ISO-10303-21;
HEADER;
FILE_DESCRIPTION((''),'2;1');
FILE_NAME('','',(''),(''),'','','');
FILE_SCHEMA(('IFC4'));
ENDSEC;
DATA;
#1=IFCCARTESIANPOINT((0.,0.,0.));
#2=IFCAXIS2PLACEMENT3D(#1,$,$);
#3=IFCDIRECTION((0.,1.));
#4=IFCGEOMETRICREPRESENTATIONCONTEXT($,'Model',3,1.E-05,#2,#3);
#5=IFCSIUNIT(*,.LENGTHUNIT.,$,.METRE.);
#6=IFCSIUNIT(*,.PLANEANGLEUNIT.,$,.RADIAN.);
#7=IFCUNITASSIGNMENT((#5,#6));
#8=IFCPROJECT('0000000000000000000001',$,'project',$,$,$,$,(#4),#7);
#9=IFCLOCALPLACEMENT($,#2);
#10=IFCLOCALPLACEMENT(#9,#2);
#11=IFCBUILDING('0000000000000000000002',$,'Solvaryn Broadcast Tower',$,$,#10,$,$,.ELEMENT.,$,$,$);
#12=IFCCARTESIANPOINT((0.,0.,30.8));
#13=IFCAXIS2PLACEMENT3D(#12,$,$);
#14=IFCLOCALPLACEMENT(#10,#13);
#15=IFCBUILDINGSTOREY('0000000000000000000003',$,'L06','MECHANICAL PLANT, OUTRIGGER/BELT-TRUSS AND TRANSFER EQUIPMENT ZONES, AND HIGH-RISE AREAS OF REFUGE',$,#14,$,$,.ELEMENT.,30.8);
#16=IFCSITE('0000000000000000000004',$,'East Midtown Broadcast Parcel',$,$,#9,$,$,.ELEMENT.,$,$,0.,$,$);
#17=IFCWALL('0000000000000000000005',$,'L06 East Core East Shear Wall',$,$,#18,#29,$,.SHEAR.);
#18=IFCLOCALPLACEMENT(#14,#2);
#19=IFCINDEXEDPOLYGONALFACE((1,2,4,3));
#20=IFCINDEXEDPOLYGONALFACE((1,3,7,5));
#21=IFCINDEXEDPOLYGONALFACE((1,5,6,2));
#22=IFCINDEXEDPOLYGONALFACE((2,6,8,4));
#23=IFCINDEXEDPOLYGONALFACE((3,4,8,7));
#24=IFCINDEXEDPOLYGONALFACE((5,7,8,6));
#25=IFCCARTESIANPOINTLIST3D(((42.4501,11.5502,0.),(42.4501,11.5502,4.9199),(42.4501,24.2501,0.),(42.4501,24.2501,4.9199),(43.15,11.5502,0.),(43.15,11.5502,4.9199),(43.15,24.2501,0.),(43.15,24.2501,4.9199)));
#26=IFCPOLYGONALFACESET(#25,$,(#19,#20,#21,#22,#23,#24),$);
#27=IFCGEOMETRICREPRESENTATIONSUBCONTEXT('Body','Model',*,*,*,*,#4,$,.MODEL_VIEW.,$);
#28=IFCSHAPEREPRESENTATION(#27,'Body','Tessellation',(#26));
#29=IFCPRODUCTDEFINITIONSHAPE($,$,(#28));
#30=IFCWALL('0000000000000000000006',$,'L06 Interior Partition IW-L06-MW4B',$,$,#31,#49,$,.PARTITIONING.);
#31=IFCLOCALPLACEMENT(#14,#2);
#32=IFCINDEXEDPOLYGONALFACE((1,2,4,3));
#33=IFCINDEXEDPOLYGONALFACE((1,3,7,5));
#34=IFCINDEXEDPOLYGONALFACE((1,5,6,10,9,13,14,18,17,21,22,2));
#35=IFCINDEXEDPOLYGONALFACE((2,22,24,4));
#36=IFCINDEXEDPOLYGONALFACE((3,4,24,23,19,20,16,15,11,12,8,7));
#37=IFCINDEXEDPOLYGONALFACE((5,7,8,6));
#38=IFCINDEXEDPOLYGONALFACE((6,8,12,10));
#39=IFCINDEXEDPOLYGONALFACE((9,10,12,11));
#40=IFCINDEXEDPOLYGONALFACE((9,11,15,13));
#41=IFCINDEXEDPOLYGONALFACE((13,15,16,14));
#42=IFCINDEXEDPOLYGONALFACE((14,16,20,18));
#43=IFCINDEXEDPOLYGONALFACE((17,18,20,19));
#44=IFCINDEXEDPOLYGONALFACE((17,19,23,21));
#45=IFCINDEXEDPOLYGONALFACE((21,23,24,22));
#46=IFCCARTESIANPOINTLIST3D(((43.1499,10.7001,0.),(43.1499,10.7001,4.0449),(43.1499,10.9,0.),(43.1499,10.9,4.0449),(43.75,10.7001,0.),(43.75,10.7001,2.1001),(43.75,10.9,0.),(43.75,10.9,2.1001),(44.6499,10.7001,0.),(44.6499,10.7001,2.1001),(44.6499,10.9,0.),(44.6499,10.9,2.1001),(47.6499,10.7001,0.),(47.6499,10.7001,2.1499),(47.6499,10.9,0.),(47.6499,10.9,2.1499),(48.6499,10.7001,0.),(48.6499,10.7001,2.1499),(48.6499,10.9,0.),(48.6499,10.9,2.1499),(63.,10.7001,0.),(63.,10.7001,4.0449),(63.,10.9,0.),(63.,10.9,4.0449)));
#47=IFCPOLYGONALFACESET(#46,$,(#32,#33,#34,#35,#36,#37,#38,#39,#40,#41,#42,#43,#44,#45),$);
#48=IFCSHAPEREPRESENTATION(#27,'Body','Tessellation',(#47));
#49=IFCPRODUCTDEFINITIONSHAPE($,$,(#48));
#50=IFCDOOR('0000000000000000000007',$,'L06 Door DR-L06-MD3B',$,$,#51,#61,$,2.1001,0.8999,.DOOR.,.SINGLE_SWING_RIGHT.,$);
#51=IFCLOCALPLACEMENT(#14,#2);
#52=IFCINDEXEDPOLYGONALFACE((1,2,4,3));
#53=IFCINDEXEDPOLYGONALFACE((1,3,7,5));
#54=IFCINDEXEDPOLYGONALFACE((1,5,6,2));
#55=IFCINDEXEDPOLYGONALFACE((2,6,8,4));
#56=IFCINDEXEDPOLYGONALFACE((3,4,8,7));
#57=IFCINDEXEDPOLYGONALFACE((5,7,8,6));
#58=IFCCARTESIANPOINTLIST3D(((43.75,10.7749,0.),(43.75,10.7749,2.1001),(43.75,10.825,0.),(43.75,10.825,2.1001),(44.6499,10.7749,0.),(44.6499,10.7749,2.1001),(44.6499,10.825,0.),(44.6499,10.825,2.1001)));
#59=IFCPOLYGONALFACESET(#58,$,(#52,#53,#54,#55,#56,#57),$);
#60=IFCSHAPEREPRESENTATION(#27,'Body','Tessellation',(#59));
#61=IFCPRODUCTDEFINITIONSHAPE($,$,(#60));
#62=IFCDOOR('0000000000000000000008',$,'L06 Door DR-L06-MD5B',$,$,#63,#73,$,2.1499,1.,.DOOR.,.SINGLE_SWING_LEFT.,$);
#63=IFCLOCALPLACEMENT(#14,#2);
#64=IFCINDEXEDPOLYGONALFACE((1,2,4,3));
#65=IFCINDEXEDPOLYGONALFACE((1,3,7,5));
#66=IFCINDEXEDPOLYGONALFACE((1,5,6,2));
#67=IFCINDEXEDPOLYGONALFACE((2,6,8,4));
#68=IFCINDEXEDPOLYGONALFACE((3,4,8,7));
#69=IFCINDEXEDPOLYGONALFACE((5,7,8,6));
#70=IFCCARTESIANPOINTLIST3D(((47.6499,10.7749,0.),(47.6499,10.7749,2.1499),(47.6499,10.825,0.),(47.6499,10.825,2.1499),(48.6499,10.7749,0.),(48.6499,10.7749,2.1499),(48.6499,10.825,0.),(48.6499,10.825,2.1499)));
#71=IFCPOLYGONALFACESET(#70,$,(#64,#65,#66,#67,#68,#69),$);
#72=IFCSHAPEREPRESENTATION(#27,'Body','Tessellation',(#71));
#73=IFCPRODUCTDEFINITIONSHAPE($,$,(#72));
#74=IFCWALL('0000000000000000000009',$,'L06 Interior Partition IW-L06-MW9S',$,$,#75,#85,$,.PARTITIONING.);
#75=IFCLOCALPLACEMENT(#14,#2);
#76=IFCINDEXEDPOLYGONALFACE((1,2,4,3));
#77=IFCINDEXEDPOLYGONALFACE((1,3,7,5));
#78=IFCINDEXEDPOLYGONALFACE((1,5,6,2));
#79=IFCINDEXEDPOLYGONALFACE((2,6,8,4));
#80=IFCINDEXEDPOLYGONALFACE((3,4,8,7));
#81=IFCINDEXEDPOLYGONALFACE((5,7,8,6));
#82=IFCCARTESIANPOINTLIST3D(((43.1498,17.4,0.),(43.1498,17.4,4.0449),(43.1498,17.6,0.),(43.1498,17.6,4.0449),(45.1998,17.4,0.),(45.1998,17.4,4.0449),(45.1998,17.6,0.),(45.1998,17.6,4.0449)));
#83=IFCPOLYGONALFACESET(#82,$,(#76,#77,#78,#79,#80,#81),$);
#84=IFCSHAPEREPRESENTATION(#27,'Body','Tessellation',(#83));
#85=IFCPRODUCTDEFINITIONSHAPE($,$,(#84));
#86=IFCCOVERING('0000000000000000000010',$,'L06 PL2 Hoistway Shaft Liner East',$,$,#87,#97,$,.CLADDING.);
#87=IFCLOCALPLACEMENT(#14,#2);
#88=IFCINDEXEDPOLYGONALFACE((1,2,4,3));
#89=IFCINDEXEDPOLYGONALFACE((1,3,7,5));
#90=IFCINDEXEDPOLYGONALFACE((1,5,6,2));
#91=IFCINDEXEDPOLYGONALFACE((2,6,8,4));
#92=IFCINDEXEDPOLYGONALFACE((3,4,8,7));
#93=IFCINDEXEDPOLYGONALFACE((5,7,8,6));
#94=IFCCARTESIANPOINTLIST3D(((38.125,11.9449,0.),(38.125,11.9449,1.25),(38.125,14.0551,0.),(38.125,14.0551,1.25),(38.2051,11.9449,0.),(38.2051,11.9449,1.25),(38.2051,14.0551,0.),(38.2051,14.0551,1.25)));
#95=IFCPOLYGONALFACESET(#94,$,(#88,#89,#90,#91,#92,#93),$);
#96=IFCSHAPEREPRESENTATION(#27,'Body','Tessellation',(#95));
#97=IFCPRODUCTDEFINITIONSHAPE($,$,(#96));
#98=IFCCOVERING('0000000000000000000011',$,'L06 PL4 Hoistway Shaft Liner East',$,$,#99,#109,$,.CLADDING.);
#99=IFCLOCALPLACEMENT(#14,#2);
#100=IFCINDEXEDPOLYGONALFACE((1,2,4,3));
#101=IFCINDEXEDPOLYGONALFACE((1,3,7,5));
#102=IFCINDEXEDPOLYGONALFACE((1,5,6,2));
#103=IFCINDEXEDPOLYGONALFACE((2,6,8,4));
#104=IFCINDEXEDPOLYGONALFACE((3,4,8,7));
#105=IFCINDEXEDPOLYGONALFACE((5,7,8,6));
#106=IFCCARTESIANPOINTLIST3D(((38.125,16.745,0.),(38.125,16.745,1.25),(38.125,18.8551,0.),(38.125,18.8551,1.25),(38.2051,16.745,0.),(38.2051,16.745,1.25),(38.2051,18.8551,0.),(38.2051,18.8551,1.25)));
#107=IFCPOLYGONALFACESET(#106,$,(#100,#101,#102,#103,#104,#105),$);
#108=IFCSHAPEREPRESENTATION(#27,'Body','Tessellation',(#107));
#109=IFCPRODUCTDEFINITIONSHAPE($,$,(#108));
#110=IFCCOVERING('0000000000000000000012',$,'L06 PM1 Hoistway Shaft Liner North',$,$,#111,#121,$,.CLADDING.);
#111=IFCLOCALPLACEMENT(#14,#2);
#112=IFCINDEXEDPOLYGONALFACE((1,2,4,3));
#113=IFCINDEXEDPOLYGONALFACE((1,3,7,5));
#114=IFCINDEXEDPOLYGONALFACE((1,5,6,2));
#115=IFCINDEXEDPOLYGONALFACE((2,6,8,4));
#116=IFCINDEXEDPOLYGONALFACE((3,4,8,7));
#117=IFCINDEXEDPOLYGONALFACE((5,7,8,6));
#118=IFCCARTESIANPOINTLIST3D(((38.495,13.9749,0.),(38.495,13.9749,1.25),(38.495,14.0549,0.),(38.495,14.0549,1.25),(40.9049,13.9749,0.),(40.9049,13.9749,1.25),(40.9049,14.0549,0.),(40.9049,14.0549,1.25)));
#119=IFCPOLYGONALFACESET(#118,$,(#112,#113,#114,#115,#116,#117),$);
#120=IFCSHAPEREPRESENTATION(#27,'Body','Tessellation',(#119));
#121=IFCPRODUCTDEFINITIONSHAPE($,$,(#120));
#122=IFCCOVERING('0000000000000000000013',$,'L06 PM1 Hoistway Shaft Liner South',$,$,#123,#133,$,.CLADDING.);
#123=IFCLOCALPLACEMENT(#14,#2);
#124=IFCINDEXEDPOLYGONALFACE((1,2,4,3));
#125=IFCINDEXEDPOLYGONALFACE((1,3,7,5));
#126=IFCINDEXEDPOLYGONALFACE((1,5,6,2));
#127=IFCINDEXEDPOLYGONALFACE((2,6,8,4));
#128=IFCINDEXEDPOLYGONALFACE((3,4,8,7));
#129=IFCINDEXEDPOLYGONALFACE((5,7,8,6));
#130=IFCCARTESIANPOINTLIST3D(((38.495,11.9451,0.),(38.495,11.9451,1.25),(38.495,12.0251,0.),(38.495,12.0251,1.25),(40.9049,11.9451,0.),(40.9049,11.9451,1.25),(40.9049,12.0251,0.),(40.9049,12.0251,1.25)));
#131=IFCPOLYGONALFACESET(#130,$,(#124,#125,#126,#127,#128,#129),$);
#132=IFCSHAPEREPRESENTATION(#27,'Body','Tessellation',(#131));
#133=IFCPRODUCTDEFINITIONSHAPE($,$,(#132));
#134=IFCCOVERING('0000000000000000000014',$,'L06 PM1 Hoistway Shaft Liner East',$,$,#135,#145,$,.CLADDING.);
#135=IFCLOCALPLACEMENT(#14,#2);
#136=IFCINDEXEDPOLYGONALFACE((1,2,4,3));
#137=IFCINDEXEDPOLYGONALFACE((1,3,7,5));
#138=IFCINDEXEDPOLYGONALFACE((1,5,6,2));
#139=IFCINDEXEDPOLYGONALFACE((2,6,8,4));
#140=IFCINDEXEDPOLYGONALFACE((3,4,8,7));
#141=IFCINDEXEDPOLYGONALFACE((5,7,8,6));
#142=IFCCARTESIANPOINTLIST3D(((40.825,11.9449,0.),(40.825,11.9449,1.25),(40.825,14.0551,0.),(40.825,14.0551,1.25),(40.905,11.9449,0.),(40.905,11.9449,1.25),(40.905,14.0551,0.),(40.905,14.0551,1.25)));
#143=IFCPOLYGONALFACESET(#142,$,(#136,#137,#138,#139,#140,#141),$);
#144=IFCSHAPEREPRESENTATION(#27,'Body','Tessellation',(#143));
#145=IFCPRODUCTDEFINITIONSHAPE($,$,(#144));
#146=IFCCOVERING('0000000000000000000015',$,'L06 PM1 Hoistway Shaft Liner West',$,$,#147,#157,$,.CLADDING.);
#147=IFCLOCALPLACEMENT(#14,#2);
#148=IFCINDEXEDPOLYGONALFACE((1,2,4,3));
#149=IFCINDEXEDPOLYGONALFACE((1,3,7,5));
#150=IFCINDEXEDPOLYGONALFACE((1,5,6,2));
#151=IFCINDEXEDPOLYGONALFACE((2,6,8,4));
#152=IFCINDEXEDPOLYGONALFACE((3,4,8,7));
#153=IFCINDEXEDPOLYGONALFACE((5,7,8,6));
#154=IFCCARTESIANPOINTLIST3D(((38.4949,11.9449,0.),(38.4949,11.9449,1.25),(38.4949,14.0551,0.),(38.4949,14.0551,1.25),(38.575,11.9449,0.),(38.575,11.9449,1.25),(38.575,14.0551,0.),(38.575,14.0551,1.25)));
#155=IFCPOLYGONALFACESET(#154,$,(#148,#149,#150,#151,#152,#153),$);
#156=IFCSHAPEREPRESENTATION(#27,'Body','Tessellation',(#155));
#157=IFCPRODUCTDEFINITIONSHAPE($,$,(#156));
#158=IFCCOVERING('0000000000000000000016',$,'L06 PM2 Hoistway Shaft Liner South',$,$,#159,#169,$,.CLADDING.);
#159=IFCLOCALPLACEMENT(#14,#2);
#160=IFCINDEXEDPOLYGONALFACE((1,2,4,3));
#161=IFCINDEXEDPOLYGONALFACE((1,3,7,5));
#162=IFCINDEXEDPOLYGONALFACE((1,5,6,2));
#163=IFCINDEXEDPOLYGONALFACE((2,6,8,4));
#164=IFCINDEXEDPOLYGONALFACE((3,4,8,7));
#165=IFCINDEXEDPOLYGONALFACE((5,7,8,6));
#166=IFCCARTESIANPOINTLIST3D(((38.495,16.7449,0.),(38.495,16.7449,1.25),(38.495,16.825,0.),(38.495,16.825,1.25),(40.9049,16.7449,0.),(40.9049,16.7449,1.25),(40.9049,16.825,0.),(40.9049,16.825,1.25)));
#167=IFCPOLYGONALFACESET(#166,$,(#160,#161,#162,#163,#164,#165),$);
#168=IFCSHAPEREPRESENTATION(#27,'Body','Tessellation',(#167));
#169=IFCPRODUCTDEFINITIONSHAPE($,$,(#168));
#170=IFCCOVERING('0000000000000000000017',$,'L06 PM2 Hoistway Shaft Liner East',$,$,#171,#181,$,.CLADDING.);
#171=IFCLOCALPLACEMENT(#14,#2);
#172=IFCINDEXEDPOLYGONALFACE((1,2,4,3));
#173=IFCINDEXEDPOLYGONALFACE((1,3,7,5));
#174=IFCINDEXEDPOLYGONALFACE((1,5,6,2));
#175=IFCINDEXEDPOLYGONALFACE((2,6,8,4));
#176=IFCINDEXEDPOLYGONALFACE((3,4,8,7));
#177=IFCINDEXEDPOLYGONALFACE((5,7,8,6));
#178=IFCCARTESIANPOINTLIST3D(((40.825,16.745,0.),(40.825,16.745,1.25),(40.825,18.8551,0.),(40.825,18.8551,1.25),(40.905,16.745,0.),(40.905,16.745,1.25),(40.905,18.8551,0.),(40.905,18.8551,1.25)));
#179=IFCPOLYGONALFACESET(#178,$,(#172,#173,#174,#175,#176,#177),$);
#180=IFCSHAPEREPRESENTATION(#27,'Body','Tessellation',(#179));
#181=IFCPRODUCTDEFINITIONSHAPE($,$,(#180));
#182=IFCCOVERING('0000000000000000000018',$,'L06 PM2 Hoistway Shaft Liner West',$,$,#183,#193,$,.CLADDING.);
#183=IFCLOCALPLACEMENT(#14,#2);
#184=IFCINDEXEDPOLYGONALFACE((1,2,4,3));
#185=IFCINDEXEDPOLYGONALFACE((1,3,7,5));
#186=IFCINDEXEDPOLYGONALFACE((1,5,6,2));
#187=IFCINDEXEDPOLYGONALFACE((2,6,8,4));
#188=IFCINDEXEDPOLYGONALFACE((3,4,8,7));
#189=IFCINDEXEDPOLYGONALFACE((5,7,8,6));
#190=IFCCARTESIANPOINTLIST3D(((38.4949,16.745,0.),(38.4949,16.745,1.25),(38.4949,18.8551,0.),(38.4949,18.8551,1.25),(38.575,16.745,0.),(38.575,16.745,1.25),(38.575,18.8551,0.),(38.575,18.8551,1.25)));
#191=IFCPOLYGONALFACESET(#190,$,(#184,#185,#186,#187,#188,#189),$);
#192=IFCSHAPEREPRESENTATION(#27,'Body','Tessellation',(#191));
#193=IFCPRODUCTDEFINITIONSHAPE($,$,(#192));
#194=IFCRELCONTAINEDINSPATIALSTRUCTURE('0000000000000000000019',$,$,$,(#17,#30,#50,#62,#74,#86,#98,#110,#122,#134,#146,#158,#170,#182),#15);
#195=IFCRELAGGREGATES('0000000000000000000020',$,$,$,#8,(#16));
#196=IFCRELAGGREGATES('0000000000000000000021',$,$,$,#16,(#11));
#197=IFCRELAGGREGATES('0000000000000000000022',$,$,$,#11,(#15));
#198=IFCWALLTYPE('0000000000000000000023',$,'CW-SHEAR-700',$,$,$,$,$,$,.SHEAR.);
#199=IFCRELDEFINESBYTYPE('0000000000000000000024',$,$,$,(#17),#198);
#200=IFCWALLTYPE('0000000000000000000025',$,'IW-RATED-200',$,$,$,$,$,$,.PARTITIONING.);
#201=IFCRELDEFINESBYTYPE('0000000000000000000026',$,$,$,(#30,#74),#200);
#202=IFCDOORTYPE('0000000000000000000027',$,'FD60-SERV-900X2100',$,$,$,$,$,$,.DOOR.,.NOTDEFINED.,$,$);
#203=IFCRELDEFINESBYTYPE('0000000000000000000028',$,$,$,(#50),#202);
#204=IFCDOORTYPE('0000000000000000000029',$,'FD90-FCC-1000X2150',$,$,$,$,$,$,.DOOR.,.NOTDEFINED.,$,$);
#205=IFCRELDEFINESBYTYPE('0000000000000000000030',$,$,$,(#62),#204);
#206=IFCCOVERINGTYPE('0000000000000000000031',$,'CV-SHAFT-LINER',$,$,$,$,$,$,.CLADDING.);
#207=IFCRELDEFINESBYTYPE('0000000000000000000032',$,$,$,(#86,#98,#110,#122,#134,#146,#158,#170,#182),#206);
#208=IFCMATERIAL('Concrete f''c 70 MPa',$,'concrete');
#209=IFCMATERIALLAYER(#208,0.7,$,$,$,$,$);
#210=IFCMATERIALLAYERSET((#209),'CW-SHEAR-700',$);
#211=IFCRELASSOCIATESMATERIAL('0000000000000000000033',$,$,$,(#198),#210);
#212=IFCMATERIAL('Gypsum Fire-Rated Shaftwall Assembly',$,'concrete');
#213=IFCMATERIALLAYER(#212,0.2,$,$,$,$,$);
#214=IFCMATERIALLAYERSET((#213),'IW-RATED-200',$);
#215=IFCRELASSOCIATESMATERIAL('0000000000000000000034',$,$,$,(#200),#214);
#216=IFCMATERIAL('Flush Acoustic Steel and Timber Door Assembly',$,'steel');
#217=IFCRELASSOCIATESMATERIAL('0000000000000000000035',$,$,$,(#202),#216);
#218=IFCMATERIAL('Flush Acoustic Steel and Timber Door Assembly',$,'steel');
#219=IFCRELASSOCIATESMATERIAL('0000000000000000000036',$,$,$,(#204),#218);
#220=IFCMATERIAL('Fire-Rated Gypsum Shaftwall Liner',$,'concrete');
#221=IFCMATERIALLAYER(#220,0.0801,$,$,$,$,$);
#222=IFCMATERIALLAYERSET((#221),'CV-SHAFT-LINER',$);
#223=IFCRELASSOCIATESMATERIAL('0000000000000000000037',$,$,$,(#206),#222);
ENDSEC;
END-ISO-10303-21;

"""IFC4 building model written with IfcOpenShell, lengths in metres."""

from ifc_helpers import new_model, si_unit, direction, frame, frame_2d, origin, origin_2d, place, context, subcontext, project, spatial, rectangle, extrude, material, layer, layer_set, type_object, element, fill, save


model = new_model("IFC4")

# Units and contexts
model_context = context("Model", 3, precision=1e-05, world=origin(), true_north=direction((0.0, 1.0)))
body_context = subcontext(model_context, "Body", "Model", "MODEL_VIEW")
ifc_project = project(units=[si_unit("LENGTHUNIT", "METRE"), si_unit("PLANEANGLEUNIT", "RADIAN")], contexts=[model_context])

# Site, building, storey
site_placement = place(None, origin())
site = spatial("IfcSite", under=ifc_project, at=site_placement, Name="East Midtown Broadcast Parcel", CompositionType="ELEMENT", RefElevation=0.0)
building_placement = place(site_placement, origin())
building = spatial("IfcBuilding", under=site, at=building_placement, Name="Solvaryn Broadcast Tower", CompositionType="ELEMENT")
storey_placement = place(building_placement, frame((0.0, 0.0, 30.8)))
storey = spatial("IfcBuildingStorey", under=building, at=storey_placement, Name="L06", Description="MECHANICAL PLANT, OUTRIGGER/BELT-TRUSS AND TRANSFER EQUIPMENT ZONES, AND HIGH-RISE AREAS OF REFUGE", CompositionType="ELEMENT", Elevation=30.8)

# Wall
ifc_material_1 = material(Name="Concrete f'c 70 MPa", Category="concrete")
ifc_layer_1 = layer(ifc_material_1, 0.7)
ifc_layer_set_1 = layer_set([ifc_layer_1], Name="CW-SHEAR-700")
wall_type_1 = type_object("IfcWallType", Name="CW-SHEAR-700", PredefinedType="SHEAR", material=ifc_layer_set_1)
wall_1_placement = place(storey_placement, frame((42.8, 11.55, 0.0), z_axis=(0.0, 0.0, 1.0), x_axis=(0.0, 1.0, 0.0)))
element("IfcWall", 1, at=wall_1_placement, inside=storey, type_object=wall_type_1, Name="L06 East Core East Shear Wall", PredefinedType="SHEAR", context=body_context, shape_type="SweptSolid", body=[
    extrude(rectangle(XDim=12.7, YDim=0.7, at=frame_2d((6.3501, 0.0))), origin(), (0.0, 0.0, 1.0), 4.9199),
])

# Wall, openings, doors
ifc_material_2 = material(Name="Gypsum Fire-Rated Shaftwall Assembly", Category="concrete")
ifc_layer_2 = layer(ifc_material_2, 0.2)
ifc_layer_set_2 = layer_set([ifc_layer_2], Name="IW-RATED-200")
wall_type_2 = type_object("IfcWallType", Name="IW-RATED-200", PredefinedType="PARTITIONING", material=ifc_layer_set_2)
wall_2_placement = place(storey_placement, frame((43.1499, 10.8, 0.0), z_axis=(0.0, 0.0, 1.0), x_axis=(1.0, 0.0, 0.0)))
wall_2 = element("IfcWall", 2, at=wall_2_placement, inside=storey, type_object=wall_type_2, Name="L06 Interior Partition IW-L06-MW4B", PredefinedType="PARTITIONING", context=body_context, shape_type="SweptSolid", body=[
    extrude(rectangle(XDim=19.8501, YDim=0.2, at=frame_2d((9.925, 0.0))), origin(), (0.0, 0.0, 1.0), 4.0449),
])
opening_1_placement = place(wall_2_placement, frame((0.6001, 0.0, 0.0)))
opening_1 = element("IfcOpeningElement", 3, at=opening_1_placement, cuts=wall_2, PredefinedType="OPENING", context=body_context, shape_type="SweptSolid", body=[
    extrude(rectangle(XDim=0.8999, YDim=2.1001, at=frame_2d((0.45, 1.05))), frame((0.0, 0.1101, 0.0), z_axis=(0.0, -1.0, 0.0), x_axis=(1.0, 0.0, 0.0)), (0.0, 0.0, 1.0), 0.22),
])
opening_2_placement = place(wall_2_placement, frame((4.5, 0.0, 0.0)))
opening_2 = element("IfcOpeningElement", 4, at=opening_2_placement, cuts=wall_2, PredefinedType="OPENING", context=body_context, shape_type="SweptSolid", body=[
    extrude(rectangle(XDim=1.0, YDim=2.1499, at=frame_2d((0.5, 1.075))), frame((0.0, 0.1101, 0.0), z_axis=(0.0, -1.0, 0.0), x_axis=(1.0, 0.0, 0.0)), (0.0, 0.0, 1.0), 0.22),
])
ifc_material_3 = material(Name="Flush Acoustic Steel and Timber Door Assembly", Category="steel")
door_type_1 = type_object("IfcDoorType", Name="FD60-SERV-900X2100", OperationType="NOTDEFINED", PredefinedType="DOOR", material=ifc_material_3)
door_1_placement = place(opening_1_placement, origin())
door_1 = element("IfcDoor", 5, at=door_1_placement, inside=storey, type_object=door_type_1, Name="L06 Door DR-L06-MD3B", OperationType="SINGLE_SWING_RIGHT", OverallHeight=2.1001, OverallWidth=0.8999, PredefinedType="DOOR", context=body_context, shape_type="SweptSolid", body=[
    extrude(rectangle(XDim=0.8999, YDim=2.1001, at=frame_2d((0.45, 1.05))), frame((0.0, 0.0249, 0.0), z_axis=(0.0, -1.0, 0.0), x_axis=(1.0, 0.0, 0.0)), (0.0, 0.0, 1.0), 0.05),
])
fill(opening_1, door_1)
ifc_material_4 = material(Name="Flush Acoustic Steel and Timber Door Assembly", Category="steel")
door_type_2 = type_object("IfcDoorType", Name="FD90-FCC-1000X2150", OperationType="NOTDEFINED", PredefinedType="DOOR", material=ifc_material_4)
door_2_placement = place(opening_2_placement, origin())
door_2 = element("IfcDoor", 6, at=door_2_placement, inside=storey, type_object=door_type_2, Name="L06 Door DR-L06-MD5B", OperationType="SINGLE_SWING_LEFT", OverallHeight=2.1499, OverallWidth=1.0, PredefinedType="DOOR", context=body_context, shape_type="SweptSolid", body=[
    extrude(rectangle(XDim=1.0, YDim=2.1499, at=frame_2d((0.5, 1.075))), frame((0.0, 0.0249, 0.0), z_axis=(0.0, -1.0, 0.0), x_axis=(1.0, 0.0, 0.0)), (0.0, 0.0, 1.0), 0.05),
])
fill(opening_2, door_2)

# Wall
wall_3_placement = place(storey_placement, frame((43.1499, 17.5, 0.0), z_axis=(0.0, 0.0, 1.0), x_axis=(1.0, 0.0, 0.0)))
element("IfcWall", 7, at=wall_3_placement, inside=storey, type_object=wall_type_2, Name="L06 Interior Partition IW-L06-MW9S", PredefinedType="PARTITIONING", context=body_context, shape_type="SweptSolid", body=[
    extrude(rectangle(XDim=2.05, YDim=0.2, at=frame_2d((1.0249, 0.0))), origin(), (0.0, 0.0, 1.0), 4.0449),
])

# Coverings
ifc_material_5 = material(Name="Fire-Rated Gypsum Shaftwall Liner", Category="concrete")
ifc_layer_3 = layer(ifc_material_5, 0.0801)
ifc_layer_set_3 = layer_set([ifc_layer_3], Name="CV-SHAFT-LINER")
covering_type = type_object("IfcCoveringType", Name="CV-SHAFT-LINER", PredefinedType="CLADDING", material=ifc_layer_set_3)
for number, where, z_axis, x_axis, name in (
    (8, (38.165, 13.0, 0.0), (0.0, 0.0, 1.0), (1.0, 0.0, 0.0), "L06 PL2 Hoistway Shaft Liner East"),
    (9, (38.165, 17.8, 0.0), (0.0, 0.0, 1.0), (1.0, 0.0, 0.0), "L06 PL4 Hoistway Shaft Liner East"),
):
    element("IfcCovering", number, at=place(storey_placement, frame(where, z_axis=z_axis, x_axis=x_axis)), inside=storey, type_object=covering_type, Name=name, PredefinedType="CLADDING", context=body_context, shape_type="SweptSolid", body=[
        extrude(rectangle(XDim=0.0801, YDim=2.1101, at=origin_2d()), origin(), (0.0, 0.0, 1.0), 1.25),
    ])
for number, where, z_axis, x_axis, name in (
    (10, (39.7, 14.0149, 0.0), (0.0, 0.0, 1.0), (1.0, 0.0, 0.0), "L06 PM1 Hoistway Shaft Liner North"),
    (11, (39.7, 11.9851, 0.0), (0.0, 0.0, 1.0), (1.0, 0.0, 0.0), "L06 PM1 Hoistway Shaft Liner South"),
):
    element("IfcCovering", number, at=place(storey_placement, frame(where, z_axis=z_axis, x_axis=x_axis)), inside=storey, type_object=covering_type, Name=name, PredefinedType="CLADDING", context=body_context, shape_type="SweptSolid", body=[
        extrude(rectangle(XDim=2.4099, YDim=0.0801, at=origin_2d()), origin(), (0.0, 0.0, 1.0), 1.25),
    ])
for number, where, z_axis, x_axis, name in (
    (12, (40.865, 13.0, 0.0), (0.0, 0.0, 1.0), (1.0, 0.0, 0.0), "L06 PM1 Hoistway Shaft Liner East"),
    (13, (38.5349, 13.0, 0.0), (0.0, 0.0, 1.0), (1.0, 0.0, 0.0), "L06 PM1 Hoistway Shaft Liner West"),
):
    element("IfcCovering", number, at=place(storey_placement, frame(where, z_axis=z_axis, x_axis=x_axis)), inside=storey, type_object=covering_type, Name=name, PredefinedType="CLADDING", context=body_context, shape_type="SweptSolid", body=[
        extrude(rectangle(XDim=0.0801, YDim=2.1101, at=origin_2d()), origin(), (0.0, 0.0, 1.0), 1.25),
    ])
covering_placement = place(storey_placement, frame((39.7, 16.7849, 0.0), z_axis=(0.0, 0.0, 1.0), x_axis=(1.0, 0.0, 0.0)))
element("IfcCovering", 14, at=covering_placement, inside=storey, type_object=covering_type, Name="L06 PM2 Hoistway Shaft Liner South", PredefinedType="CLADDING", context=body_context, shape_type="SweptSolid", body=[
    extrude(rectangle(XDim=2.4099, YDim=0.0801, at=origin_2d()), origin(), (0.0, 0.0, 1.0), 1.25),
])
for number, where, z_axis, x_axis, name in (
    (15, (40.865, 17.8, 0.0), (0.0, 0.0, 1.0), (1.0, 0.0, 0.0), "L06 PM2 Hoistway Shaft Liner East"),
    (16, (38.5349, 17.8, 0.0), (0.0, 0.0, 1.0), (1.0, 0.0, 0.0), "L06 PM2 Hoistway Shaft Liner West"),
):
    element("IfcCovering", number, at=place(storey_placement, frame(where, z_axis=z_axis, x_axis=x_axis)), inside=storey, type_object=covering_type, Name=name, PredefinedType="CLADDING", context=body_context, shape_type="SweptSolid", body=[
        extrude(rectangle(XDim=0.0801, YDim=2.1101, at=origin_2d()), origin(), (0.0, 0.0, 1.0), 1.25),
    ])

save(model, "model.ifc")
